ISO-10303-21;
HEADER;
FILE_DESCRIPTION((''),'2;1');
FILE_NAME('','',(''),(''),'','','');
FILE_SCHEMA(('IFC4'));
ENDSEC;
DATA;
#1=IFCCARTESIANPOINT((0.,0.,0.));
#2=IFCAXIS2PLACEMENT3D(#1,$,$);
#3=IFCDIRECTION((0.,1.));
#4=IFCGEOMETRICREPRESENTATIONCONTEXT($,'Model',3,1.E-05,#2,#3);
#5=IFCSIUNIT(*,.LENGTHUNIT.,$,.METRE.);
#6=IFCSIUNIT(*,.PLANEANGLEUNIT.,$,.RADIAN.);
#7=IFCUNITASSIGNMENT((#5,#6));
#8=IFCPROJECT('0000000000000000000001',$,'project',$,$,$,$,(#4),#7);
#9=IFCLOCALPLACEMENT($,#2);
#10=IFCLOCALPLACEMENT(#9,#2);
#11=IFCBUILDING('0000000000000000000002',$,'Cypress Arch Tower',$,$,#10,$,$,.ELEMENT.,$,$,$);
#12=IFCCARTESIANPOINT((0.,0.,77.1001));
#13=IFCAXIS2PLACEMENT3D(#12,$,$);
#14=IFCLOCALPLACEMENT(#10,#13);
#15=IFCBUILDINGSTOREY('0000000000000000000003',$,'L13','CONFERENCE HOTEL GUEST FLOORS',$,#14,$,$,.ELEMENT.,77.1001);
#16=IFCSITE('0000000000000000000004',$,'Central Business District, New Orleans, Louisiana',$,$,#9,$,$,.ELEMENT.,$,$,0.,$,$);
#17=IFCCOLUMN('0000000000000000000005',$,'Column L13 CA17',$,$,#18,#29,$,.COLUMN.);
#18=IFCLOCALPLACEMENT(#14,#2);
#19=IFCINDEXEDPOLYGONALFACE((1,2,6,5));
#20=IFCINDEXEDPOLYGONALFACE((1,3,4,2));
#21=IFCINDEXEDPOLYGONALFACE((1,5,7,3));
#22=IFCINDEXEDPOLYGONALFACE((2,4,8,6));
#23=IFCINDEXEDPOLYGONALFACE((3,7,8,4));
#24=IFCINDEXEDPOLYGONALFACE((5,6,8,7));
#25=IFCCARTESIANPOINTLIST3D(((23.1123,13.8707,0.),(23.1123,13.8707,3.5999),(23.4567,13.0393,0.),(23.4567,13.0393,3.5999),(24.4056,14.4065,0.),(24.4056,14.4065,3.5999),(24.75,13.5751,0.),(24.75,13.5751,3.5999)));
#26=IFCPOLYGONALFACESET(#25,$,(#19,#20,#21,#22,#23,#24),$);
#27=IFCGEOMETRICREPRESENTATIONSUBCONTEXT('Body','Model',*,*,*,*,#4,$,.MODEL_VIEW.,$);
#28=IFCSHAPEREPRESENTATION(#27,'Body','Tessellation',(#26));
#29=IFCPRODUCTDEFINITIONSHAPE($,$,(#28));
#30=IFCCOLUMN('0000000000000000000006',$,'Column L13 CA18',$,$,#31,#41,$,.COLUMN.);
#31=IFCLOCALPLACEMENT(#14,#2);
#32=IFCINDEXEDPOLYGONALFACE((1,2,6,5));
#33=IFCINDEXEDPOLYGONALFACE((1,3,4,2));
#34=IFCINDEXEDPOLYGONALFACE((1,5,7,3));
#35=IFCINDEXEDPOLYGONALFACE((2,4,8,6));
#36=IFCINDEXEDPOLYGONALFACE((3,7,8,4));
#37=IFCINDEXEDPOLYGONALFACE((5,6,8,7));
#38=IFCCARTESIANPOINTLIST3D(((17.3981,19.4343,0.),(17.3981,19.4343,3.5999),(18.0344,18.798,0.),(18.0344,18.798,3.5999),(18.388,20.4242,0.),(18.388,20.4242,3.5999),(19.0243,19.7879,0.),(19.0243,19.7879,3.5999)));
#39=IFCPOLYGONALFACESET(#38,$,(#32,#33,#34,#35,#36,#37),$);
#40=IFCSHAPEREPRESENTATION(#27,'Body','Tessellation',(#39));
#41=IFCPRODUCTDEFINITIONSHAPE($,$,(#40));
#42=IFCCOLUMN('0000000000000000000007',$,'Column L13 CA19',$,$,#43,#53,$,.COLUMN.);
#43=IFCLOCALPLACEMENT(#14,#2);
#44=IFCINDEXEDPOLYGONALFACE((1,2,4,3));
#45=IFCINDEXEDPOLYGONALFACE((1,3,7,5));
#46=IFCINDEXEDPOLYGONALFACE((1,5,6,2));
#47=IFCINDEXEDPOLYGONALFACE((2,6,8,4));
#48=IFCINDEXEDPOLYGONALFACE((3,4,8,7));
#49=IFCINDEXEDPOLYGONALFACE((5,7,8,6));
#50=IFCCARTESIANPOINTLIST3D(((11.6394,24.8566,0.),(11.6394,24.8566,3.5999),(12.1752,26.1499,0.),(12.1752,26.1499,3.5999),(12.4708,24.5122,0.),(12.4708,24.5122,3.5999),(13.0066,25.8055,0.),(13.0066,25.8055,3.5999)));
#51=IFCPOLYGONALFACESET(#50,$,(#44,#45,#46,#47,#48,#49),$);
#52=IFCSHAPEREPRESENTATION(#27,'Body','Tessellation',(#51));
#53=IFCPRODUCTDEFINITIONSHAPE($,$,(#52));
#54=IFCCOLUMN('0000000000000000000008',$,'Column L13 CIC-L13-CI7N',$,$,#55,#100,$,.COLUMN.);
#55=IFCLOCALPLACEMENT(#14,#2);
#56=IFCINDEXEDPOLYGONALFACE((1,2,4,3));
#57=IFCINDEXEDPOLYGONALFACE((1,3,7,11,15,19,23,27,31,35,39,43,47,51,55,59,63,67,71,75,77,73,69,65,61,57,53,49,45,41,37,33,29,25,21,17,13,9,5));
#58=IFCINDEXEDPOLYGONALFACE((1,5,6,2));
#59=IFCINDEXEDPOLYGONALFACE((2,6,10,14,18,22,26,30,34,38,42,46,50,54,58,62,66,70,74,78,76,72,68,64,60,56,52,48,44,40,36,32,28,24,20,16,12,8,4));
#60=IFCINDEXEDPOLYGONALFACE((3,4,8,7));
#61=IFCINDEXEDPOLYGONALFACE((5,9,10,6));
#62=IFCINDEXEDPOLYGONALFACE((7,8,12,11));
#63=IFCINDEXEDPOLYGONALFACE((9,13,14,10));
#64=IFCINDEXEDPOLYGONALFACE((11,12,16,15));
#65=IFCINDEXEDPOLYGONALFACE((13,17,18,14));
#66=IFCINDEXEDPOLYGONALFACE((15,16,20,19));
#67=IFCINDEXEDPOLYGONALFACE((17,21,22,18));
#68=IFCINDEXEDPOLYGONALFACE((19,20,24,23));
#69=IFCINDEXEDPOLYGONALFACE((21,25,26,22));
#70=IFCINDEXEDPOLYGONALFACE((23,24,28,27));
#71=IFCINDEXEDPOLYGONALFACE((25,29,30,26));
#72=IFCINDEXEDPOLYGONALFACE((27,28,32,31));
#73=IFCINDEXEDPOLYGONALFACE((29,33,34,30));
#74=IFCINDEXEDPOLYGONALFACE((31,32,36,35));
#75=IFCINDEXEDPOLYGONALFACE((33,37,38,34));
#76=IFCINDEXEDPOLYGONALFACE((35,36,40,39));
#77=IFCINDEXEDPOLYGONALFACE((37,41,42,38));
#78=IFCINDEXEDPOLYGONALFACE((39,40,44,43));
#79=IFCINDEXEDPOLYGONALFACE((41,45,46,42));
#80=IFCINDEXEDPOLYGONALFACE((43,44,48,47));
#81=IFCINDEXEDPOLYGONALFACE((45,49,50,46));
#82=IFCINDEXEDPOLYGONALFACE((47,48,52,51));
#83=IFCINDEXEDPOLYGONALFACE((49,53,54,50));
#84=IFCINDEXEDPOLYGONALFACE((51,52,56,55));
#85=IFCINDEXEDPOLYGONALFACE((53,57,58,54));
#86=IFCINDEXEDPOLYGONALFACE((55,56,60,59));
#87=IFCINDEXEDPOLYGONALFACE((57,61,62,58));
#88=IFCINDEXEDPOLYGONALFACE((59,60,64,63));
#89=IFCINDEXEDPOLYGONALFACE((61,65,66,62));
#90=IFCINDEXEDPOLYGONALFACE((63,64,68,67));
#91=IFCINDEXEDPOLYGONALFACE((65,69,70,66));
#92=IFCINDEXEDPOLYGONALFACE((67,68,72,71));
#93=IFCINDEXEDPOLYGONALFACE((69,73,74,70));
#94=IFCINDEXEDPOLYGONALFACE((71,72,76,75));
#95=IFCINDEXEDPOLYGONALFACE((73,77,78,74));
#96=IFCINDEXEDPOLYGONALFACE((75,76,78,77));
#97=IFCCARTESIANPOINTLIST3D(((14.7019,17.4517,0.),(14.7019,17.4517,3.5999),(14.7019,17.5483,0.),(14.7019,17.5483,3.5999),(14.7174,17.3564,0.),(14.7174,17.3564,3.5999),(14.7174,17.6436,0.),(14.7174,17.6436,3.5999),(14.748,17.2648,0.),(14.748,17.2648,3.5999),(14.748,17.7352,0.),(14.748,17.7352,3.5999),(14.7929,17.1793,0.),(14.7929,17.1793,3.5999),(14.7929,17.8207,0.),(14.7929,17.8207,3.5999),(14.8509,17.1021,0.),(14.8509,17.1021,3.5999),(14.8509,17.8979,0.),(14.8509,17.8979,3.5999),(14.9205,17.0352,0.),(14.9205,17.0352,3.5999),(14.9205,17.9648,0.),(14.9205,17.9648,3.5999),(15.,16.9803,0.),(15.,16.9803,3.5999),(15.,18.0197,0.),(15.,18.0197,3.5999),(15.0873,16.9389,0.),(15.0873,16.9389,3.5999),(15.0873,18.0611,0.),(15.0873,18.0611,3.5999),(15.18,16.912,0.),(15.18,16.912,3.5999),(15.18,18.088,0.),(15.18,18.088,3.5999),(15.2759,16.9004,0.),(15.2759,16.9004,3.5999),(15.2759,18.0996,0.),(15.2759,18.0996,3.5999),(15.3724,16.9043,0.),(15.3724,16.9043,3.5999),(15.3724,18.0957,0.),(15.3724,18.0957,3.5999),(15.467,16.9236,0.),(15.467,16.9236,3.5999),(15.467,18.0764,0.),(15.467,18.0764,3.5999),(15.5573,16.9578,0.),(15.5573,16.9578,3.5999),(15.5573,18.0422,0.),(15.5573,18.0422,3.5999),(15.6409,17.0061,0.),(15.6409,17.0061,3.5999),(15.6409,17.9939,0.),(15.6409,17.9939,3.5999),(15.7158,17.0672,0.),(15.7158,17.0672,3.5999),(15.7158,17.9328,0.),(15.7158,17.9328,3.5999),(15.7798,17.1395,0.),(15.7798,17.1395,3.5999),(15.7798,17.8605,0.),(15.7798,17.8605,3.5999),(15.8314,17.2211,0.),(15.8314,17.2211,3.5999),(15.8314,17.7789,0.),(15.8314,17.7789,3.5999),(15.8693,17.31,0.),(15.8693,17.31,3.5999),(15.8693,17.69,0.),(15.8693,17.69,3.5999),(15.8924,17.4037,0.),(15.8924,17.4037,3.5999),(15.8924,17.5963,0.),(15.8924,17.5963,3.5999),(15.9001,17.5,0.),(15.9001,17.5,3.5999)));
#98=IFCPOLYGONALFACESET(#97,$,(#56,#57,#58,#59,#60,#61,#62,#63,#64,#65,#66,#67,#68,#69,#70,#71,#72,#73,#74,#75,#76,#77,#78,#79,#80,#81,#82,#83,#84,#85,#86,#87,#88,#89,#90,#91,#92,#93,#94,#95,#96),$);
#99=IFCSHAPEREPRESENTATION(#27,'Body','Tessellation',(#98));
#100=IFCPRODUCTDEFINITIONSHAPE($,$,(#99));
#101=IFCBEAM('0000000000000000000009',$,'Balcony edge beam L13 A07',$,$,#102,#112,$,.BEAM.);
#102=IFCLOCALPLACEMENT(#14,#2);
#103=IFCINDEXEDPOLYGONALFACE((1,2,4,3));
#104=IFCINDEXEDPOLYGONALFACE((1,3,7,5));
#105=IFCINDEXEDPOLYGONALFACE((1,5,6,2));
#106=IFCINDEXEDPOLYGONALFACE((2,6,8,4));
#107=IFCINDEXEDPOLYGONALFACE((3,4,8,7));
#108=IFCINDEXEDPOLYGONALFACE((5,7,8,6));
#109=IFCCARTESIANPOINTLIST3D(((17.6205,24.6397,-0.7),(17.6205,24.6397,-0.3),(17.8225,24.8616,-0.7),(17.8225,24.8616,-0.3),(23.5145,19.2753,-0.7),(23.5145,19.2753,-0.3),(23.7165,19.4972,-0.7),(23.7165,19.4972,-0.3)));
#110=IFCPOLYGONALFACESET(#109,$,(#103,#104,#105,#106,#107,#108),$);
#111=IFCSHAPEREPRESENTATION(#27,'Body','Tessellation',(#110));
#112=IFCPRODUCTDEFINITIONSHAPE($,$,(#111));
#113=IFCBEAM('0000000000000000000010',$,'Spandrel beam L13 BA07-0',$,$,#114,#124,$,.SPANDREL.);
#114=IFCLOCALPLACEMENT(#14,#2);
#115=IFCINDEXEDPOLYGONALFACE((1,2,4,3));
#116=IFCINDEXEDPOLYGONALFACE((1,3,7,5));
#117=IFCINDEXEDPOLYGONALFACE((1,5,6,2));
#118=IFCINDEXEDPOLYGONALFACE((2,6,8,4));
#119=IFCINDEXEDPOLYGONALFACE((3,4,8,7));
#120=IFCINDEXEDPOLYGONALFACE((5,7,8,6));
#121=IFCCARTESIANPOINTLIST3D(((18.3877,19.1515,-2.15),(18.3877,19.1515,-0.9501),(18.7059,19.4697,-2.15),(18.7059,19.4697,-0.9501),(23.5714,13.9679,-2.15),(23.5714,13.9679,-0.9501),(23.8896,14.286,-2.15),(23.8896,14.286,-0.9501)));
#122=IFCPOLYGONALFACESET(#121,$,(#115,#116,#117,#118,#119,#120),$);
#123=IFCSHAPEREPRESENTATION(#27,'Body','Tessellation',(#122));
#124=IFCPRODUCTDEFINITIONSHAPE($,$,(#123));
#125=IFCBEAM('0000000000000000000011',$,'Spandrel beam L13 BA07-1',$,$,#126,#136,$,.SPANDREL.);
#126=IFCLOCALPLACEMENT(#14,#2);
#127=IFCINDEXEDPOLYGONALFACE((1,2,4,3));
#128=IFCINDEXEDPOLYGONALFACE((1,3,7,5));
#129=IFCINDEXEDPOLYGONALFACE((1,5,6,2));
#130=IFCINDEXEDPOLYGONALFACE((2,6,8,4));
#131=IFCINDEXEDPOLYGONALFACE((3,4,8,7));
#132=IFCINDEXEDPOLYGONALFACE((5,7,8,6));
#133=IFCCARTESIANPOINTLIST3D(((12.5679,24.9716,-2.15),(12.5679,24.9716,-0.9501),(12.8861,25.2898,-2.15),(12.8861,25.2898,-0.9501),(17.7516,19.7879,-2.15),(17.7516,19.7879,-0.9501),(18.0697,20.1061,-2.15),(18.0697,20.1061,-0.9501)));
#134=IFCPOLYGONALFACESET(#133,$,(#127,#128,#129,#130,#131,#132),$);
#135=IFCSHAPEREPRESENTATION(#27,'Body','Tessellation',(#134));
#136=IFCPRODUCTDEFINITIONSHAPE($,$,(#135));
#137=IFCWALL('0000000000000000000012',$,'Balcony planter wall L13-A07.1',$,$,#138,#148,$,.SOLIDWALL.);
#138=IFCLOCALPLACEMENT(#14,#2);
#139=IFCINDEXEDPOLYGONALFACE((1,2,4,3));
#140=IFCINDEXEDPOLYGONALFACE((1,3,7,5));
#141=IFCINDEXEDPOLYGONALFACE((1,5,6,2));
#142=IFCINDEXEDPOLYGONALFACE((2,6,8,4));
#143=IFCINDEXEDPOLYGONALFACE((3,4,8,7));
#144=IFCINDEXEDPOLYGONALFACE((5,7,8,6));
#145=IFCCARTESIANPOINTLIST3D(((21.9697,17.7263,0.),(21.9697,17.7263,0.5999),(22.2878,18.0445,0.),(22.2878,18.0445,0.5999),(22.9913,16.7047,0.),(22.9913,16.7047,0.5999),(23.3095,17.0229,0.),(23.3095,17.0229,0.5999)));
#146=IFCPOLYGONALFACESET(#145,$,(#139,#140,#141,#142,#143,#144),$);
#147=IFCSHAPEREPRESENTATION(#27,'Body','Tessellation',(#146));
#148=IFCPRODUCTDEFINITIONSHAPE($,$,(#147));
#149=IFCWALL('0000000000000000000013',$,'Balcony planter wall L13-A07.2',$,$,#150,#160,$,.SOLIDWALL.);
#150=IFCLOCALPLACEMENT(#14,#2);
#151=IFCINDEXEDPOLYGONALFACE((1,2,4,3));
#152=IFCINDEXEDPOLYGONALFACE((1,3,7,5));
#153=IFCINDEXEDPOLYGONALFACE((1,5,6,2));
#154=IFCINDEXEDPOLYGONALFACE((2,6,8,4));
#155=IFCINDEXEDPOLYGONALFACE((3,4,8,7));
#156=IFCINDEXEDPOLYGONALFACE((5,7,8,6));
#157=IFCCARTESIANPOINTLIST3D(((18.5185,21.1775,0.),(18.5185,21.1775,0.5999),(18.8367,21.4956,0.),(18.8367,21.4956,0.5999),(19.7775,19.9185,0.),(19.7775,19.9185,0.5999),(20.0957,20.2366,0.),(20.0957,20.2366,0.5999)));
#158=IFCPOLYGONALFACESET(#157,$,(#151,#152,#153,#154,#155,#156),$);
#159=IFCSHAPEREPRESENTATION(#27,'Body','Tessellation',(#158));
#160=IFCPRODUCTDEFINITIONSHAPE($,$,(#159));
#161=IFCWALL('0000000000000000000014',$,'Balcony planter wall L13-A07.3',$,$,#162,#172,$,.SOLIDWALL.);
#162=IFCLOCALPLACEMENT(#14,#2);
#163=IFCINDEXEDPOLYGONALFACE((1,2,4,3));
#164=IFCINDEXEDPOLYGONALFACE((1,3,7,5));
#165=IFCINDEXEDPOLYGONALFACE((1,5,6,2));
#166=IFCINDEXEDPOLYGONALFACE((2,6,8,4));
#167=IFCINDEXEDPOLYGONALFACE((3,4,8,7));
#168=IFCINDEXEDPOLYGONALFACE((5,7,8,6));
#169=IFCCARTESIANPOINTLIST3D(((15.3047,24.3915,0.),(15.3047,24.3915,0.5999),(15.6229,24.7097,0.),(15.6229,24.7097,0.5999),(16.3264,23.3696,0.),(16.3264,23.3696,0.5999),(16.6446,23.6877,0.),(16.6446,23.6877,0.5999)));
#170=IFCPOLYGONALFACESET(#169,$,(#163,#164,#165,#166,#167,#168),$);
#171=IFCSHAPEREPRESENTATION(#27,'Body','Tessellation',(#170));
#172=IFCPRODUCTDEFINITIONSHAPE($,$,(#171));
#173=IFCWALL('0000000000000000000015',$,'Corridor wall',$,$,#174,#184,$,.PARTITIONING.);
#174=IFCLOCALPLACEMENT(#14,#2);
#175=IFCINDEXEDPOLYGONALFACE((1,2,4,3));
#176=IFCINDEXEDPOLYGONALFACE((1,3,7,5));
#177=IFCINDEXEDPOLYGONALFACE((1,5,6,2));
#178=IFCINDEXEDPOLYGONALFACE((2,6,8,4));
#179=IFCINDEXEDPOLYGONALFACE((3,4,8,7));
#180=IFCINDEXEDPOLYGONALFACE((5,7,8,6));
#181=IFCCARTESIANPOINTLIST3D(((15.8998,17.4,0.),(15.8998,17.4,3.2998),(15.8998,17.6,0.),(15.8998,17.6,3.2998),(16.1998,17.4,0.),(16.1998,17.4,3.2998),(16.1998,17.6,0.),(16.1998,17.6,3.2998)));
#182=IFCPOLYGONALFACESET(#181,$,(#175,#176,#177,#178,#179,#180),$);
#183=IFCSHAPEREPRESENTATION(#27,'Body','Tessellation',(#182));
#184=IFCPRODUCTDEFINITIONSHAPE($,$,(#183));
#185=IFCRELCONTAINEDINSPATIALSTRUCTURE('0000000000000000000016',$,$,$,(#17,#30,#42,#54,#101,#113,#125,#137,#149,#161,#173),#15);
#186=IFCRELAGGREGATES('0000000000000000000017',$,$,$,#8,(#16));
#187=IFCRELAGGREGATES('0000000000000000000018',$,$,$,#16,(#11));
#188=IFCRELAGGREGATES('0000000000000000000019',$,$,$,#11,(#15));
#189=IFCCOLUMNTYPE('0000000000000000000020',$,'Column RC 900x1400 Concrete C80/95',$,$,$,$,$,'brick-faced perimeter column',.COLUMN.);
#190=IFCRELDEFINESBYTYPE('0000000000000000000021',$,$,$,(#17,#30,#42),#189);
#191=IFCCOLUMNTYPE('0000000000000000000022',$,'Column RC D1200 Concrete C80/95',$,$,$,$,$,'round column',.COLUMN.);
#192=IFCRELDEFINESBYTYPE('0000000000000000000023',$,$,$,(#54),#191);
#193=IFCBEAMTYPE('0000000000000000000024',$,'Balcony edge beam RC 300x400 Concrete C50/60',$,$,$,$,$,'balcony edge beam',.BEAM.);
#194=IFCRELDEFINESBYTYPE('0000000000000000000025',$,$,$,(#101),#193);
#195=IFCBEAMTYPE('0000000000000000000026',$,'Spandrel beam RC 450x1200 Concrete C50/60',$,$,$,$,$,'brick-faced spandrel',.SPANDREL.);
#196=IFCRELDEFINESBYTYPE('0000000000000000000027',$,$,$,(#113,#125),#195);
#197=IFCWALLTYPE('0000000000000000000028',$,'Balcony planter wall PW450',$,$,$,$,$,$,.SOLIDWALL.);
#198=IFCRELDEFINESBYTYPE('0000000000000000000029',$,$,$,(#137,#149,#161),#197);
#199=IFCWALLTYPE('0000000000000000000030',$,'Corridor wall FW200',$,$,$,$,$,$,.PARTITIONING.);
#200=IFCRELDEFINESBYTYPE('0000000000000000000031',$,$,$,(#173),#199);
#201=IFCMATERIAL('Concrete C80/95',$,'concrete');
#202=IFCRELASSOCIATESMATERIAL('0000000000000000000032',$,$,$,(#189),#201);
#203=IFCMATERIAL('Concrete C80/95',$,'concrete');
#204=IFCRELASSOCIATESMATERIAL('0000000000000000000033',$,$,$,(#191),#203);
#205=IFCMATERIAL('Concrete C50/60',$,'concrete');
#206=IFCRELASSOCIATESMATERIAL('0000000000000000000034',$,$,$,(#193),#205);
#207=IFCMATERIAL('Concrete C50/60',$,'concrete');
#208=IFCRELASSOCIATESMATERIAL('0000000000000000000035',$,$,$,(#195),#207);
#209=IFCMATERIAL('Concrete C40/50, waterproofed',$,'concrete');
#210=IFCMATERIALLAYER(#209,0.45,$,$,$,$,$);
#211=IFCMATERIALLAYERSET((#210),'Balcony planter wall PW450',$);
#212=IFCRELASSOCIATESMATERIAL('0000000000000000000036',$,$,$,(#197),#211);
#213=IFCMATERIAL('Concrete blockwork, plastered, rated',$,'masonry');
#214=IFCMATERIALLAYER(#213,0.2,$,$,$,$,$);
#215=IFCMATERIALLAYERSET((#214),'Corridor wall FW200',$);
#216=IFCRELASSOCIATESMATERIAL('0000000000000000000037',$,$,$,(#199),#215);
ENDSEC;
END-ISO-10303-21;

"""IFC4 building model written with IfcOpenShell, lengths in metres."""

from ifc_helpers import new_model, si_unit, direction, frame, frame_2d, origin, origin_2d, place, context, subcontext, project, spatial, rectangle, circle, extrude, material, layer, layer_set, material_profile, profile_set, type_object, element, save


model = new_model("IFC4")

# Units and contexts
model_context = context("Model", 3, precision=1e-05, world=origin(), true_north=direction((0.0, 1.0)))
body_context = subcontext(model_context, "Body", "Model", "MODEL_VIEW")
ifc_project = project(units=[si_unit("LENGTHUNIT", "METRE"), si_unit("PLANEANGLEUNIT", "RADIAN")], contexts=[model_context])

# Site, building, storey
site_placement = place(None, origin())
site = spatial("IfcSite", under=ifc_project, at=site_placement, Name="Central Business District, New Orleans, Louisiana", CompositionType="ELEMENT", RefElevation=0.0)
building_placement = place(site_placement, origin())
building = spatial("IfcBuilding", under=site, at=building_placement, Name="Cypress Arch Tower", CompositionType="ELEMENT")
storey_placement = place(building_placement, frame((0.0, 0.0, 77.1001)))
storey = spatial("IfcBuildingStorey", under=building, at=storey_placement, Name="L13", Description="CONFERENCE HOTEL GUEST FLOORS", CompositionType="ELEMENT", Elevation=77.1001)

# Columns
ifc_material_1 = material(Name="Concrete C80/95", Category="concrete")
ifc_material_profile_1 = material_profile(ifc_material_1, rectangle(XDim=0.8999, YDim=1.3999, at=origin_2d()), Name="RC 900x1400")
ifc_profile_set_1 = profile_set([ifc_material_profile_1], Name="Concrete C80/95")
column_type_1 = type_object("IfcColumnType", Name="Column RC 900x1400 Concrete C80/95", ElementType="brick-faced perimeter column", PredefinedType="COLUMN", material=ifc_profile_set_1)
for number, where, z_axis, x_axis, name in (
    (1, (23.9312, 13.7229, 0.0), (0.0, 0.0, 1.0), (-0.382683, 0.92388, 0.0), "Column L13 CA17"),
    (2, (18.2112, 19.6111, 0.0), (0.0, 0.0, 1.0), (-0.707107, 0.707107, 0.0), "Column L13 CA18"),
    (3, (12.323, 25.3311, 0.0), (0.0, 0.0, 1.0), (-0.92388, 0.382683, 0.0), "Column L13 CA19"),
):
    element("IfcColumn", number, at=place(storey_placement, frame(where, z_axis=z_axis, x_axis=x_axis)), inside=storey, type_object=column_type_1, Name=name, PredefinedType="COLUMN", context=body_context, shape_type="SweptSolid", body=[
        extrude(rectangle(XDim=0.8999, YDim=1.3999, at=origin_2d()), origin(), (0.0, 0.0, 1.0), 3.5999),
    ])
ifc_material_2 = material(Name="Concrete C80/95", Category="concrete")
ifc_material_profile_2 = material_profile(ifc_material_2, circle(Radius=0.6001, at=origin_2d()), Name="RC D1200")
ifc_profile_set_2 = profile_set([ifc_material_profile_2], Name="Concrete C80/95")
column_type_2 = type_object("IfcColumnType", Name="Column RC D1200 Concrete C80/95", ElementType="round column", PredefinedType="COLUMN", material=ifc_profile_set_2)
column_placement = place(storey_placement, frame((15.3, 17.5, 0.0), z_axis=(0.0, 0.0, 1.0), x_axis=(1.0, 0.0, 0.0)))
element("IfcColumn", 4, at=column_placement, inside=storey, type_object=column_type_2, Name="Column L13 CIC-L13-CI7N", PredefinedType="COLUMN", context=body_context, shape_type="SweptSolid", body=[
    extrude(circle(Radius=0.6001, at=origin_2d()), origin(), (0.0, 0.0, 1.0), 3.5999),
])

# Beams
ifc_material_3 = material(Name="Concrete C50/60", Category="concrete")
ifc_material_profile_3 = material_profile(ifc_material_3, rectangle(XDim=0.3, YDim=0.3999, at=origin_2d()), Name="RC 300x400")
ifc_profile_set_3 = profile_set([ifc_material_profile_3], Name="Concrete C50/60")
beam_type_1 = type_object("IfcBeamType", Name="Balcony edge beam RC 300x400 Concrete C50/60", ElementType="balcony edge beam", PredefinedType="BEAM", material=ifc_profile_set_3)
beam_placement = place(storey_placement, frame((23.6155, 19.3862, -0.5), z_axis=(-0.739548, 0.673104, 0.0), x_axis=(-0.673104, -0.739548, 0.0)))
element("IfcBeam", 5, at=beam_placement, inside=storey, type_object=beam_type_1, Name="Balcony edge beam L13 A07", PredefinedType="BEAM", context=body_context, shape_type="SweptSolid", body=[
    extrude(rectangle(XDim=0.3, YDim=0.3999, at=origin_2d()), origin(), (0.0, 0.0, 1.0), 7.9697),
])
ifc_material_4 = material(Name="Concrete C50/60", Category="concrete")
ifc_material_profile_4 = material_profile(ifc_material_4, rectangle(XDim=0.45, YDim=1.2, at=origin_2d()), Name="RC 450x1200")
ifc_profile_set_4 = profile_set([ifc_material_profile_4], Name="Concrete C50/60")
beam_type_2 = type_object("IfcBeamType", Name="Spandrel beam RC 450x1200 Concrete C50/60", ElementType="brick-faced spandrel", PredefinedType="SPANDREL", material=ifc_profile_set_4)
for number, where, z_axis, x_axis, name in (
    (6, (23.7305, 14.127, -1.55), (-0.707107, 0.707107, 0.0), (-0.707107, -0.707107, 0.0), "Spandrel beam L13 BA07-0"),
    (7, (17.9106, 19.947, -1.55), (-0.707107, 0.707107, 0.0), (-0.707107, -0.707107, 0.0), "Spandrel beam L13 BA07-1"),
):
    element("IfcBeam", number, at=place(storey_placement, frame(where, z_axis=z_axis, x_axis=x_axis)), inside=storey, type_object=beam_type_2, Name=name, PredefinedType="SPANDREL", context=body_context, shape_type="SweptSolid", body=[
        extrude(rectangle(XDim=0.45, YDim=1.2, at=origin_2d()), origin(), (0.0, 0.0, 1.0), 7.3308),
    ])

# Walls
ifc_material_5 = material(Name="Concrete C40/50, waterproofed", Category="concrete")
ifc_layer_1 = layer(ifc_material_5, 0.45)
ifc_layer_set_1 = layer_set([ifc_layer_1], Name="Balcony planter wall PW450")
wall_type_1 = type_object("IfcWallType", Name="Balcony planter wall PW450", PredefinedType="SOLIDWALL", material=ifc_layer_set_1)
wall_1_placement = place(storey_placement, frame((23.1504, 16.8638, 0.0), z_axis=(0.0, 0.0, 1.0), x_axis=(-0.707107, 0.707107, 0.0)))
element("IfcWall", 8, at=wall_1_placement, inside=storey, type_object=wall_type_1, Name="Balcony planter wall L13-A07.1", PredefinedType="SOLIDWALL", context=body_context, shape_type="SweptSolid", body=[
    extrude(rectangle(XDim=1.4448, YDim=0.45, at=frame_2d((0.7224, 0.0))), origin(), (0.0, 0.0, 1.0), 0.5999),
])
wall_2_placement = place(storey_placement, frame((19.9365, 20.0776, 0.0), z_axis=(0.0, 0.0, 1.0), x_axis=(-0.707107, 0.707107, 0.0)))
element("IfcWall", 9, at=wall_2_placement, inside=storey, type_object=wall_type_1, Name="Balcony planter wall L13-A07.2", PredefinedType="SOLIDWALL", context=body_context, shape_type="SweptSolid", body=[
    extrude(rectangle(XDim=1.7805, YDim=0.45, at=frame_2d((0.8901, 0.0))), origin(), (0.0, 0.0, 1.0), 0.5999),
])
wall_3_placement = place(storey_placement, frame((16.4856, 23.5286, 0.0), z_axis=(0.0, 0.0, 1.0), x_axis=(-0.707022, 0.707191, 0.0)))
element("IfcWall", 10, at=wall_3_placement, inside=storey, type_object=wall_type_1, Name="Balcony planter wall L13-A07.3", PredefinedType="SOLIDWALL", context=body_context, shape_type="SweptSolid", body=[
    extrude(rectangle(XDim=1.4451, YDim=0.45, at=frame_2d((0.7227, 0.0))), origin(), (0.0, 0.0, 1.0), 0.5999),
])

# Wall
ifc_material_6 = material(Name="Concrete blockwork, plastered, rated", Category="masonry")
ifc_layer_2 = layer(ifc_material_6, 0.2)
ifc_layer_set_2 = layer_set([ifc_layer_2], Name="Corridor wall FW200")
wall_type_2 = type_object("IfcWallType", Name="Corridor wall FW200", PredefinedType="PARTITIONING", material=ifc_layer_set_2)
wall_4_placement = place(storey_placement, frame((15.8999, 17.5, 0.0), z_axis=(0.0, 0.0, 1.0), x_axis=(1.0, 0.0, 0.0)))
element("IfcWall", 11, at=wall_4_placement, inside=storey, type_object=wall_type_2, Name="Corridor wall", PredefinedType="PARTITIONING", context=body_context, shape_type="SweptSolid", body=[
    extrude(rectangle(XDim=0.3, YDim=0.2, at=frame_2d((0.1499, 0.0))), origin(), (0.0, 0.0, 1.0), 3.2998),
])

save(model, "model.ifc")
